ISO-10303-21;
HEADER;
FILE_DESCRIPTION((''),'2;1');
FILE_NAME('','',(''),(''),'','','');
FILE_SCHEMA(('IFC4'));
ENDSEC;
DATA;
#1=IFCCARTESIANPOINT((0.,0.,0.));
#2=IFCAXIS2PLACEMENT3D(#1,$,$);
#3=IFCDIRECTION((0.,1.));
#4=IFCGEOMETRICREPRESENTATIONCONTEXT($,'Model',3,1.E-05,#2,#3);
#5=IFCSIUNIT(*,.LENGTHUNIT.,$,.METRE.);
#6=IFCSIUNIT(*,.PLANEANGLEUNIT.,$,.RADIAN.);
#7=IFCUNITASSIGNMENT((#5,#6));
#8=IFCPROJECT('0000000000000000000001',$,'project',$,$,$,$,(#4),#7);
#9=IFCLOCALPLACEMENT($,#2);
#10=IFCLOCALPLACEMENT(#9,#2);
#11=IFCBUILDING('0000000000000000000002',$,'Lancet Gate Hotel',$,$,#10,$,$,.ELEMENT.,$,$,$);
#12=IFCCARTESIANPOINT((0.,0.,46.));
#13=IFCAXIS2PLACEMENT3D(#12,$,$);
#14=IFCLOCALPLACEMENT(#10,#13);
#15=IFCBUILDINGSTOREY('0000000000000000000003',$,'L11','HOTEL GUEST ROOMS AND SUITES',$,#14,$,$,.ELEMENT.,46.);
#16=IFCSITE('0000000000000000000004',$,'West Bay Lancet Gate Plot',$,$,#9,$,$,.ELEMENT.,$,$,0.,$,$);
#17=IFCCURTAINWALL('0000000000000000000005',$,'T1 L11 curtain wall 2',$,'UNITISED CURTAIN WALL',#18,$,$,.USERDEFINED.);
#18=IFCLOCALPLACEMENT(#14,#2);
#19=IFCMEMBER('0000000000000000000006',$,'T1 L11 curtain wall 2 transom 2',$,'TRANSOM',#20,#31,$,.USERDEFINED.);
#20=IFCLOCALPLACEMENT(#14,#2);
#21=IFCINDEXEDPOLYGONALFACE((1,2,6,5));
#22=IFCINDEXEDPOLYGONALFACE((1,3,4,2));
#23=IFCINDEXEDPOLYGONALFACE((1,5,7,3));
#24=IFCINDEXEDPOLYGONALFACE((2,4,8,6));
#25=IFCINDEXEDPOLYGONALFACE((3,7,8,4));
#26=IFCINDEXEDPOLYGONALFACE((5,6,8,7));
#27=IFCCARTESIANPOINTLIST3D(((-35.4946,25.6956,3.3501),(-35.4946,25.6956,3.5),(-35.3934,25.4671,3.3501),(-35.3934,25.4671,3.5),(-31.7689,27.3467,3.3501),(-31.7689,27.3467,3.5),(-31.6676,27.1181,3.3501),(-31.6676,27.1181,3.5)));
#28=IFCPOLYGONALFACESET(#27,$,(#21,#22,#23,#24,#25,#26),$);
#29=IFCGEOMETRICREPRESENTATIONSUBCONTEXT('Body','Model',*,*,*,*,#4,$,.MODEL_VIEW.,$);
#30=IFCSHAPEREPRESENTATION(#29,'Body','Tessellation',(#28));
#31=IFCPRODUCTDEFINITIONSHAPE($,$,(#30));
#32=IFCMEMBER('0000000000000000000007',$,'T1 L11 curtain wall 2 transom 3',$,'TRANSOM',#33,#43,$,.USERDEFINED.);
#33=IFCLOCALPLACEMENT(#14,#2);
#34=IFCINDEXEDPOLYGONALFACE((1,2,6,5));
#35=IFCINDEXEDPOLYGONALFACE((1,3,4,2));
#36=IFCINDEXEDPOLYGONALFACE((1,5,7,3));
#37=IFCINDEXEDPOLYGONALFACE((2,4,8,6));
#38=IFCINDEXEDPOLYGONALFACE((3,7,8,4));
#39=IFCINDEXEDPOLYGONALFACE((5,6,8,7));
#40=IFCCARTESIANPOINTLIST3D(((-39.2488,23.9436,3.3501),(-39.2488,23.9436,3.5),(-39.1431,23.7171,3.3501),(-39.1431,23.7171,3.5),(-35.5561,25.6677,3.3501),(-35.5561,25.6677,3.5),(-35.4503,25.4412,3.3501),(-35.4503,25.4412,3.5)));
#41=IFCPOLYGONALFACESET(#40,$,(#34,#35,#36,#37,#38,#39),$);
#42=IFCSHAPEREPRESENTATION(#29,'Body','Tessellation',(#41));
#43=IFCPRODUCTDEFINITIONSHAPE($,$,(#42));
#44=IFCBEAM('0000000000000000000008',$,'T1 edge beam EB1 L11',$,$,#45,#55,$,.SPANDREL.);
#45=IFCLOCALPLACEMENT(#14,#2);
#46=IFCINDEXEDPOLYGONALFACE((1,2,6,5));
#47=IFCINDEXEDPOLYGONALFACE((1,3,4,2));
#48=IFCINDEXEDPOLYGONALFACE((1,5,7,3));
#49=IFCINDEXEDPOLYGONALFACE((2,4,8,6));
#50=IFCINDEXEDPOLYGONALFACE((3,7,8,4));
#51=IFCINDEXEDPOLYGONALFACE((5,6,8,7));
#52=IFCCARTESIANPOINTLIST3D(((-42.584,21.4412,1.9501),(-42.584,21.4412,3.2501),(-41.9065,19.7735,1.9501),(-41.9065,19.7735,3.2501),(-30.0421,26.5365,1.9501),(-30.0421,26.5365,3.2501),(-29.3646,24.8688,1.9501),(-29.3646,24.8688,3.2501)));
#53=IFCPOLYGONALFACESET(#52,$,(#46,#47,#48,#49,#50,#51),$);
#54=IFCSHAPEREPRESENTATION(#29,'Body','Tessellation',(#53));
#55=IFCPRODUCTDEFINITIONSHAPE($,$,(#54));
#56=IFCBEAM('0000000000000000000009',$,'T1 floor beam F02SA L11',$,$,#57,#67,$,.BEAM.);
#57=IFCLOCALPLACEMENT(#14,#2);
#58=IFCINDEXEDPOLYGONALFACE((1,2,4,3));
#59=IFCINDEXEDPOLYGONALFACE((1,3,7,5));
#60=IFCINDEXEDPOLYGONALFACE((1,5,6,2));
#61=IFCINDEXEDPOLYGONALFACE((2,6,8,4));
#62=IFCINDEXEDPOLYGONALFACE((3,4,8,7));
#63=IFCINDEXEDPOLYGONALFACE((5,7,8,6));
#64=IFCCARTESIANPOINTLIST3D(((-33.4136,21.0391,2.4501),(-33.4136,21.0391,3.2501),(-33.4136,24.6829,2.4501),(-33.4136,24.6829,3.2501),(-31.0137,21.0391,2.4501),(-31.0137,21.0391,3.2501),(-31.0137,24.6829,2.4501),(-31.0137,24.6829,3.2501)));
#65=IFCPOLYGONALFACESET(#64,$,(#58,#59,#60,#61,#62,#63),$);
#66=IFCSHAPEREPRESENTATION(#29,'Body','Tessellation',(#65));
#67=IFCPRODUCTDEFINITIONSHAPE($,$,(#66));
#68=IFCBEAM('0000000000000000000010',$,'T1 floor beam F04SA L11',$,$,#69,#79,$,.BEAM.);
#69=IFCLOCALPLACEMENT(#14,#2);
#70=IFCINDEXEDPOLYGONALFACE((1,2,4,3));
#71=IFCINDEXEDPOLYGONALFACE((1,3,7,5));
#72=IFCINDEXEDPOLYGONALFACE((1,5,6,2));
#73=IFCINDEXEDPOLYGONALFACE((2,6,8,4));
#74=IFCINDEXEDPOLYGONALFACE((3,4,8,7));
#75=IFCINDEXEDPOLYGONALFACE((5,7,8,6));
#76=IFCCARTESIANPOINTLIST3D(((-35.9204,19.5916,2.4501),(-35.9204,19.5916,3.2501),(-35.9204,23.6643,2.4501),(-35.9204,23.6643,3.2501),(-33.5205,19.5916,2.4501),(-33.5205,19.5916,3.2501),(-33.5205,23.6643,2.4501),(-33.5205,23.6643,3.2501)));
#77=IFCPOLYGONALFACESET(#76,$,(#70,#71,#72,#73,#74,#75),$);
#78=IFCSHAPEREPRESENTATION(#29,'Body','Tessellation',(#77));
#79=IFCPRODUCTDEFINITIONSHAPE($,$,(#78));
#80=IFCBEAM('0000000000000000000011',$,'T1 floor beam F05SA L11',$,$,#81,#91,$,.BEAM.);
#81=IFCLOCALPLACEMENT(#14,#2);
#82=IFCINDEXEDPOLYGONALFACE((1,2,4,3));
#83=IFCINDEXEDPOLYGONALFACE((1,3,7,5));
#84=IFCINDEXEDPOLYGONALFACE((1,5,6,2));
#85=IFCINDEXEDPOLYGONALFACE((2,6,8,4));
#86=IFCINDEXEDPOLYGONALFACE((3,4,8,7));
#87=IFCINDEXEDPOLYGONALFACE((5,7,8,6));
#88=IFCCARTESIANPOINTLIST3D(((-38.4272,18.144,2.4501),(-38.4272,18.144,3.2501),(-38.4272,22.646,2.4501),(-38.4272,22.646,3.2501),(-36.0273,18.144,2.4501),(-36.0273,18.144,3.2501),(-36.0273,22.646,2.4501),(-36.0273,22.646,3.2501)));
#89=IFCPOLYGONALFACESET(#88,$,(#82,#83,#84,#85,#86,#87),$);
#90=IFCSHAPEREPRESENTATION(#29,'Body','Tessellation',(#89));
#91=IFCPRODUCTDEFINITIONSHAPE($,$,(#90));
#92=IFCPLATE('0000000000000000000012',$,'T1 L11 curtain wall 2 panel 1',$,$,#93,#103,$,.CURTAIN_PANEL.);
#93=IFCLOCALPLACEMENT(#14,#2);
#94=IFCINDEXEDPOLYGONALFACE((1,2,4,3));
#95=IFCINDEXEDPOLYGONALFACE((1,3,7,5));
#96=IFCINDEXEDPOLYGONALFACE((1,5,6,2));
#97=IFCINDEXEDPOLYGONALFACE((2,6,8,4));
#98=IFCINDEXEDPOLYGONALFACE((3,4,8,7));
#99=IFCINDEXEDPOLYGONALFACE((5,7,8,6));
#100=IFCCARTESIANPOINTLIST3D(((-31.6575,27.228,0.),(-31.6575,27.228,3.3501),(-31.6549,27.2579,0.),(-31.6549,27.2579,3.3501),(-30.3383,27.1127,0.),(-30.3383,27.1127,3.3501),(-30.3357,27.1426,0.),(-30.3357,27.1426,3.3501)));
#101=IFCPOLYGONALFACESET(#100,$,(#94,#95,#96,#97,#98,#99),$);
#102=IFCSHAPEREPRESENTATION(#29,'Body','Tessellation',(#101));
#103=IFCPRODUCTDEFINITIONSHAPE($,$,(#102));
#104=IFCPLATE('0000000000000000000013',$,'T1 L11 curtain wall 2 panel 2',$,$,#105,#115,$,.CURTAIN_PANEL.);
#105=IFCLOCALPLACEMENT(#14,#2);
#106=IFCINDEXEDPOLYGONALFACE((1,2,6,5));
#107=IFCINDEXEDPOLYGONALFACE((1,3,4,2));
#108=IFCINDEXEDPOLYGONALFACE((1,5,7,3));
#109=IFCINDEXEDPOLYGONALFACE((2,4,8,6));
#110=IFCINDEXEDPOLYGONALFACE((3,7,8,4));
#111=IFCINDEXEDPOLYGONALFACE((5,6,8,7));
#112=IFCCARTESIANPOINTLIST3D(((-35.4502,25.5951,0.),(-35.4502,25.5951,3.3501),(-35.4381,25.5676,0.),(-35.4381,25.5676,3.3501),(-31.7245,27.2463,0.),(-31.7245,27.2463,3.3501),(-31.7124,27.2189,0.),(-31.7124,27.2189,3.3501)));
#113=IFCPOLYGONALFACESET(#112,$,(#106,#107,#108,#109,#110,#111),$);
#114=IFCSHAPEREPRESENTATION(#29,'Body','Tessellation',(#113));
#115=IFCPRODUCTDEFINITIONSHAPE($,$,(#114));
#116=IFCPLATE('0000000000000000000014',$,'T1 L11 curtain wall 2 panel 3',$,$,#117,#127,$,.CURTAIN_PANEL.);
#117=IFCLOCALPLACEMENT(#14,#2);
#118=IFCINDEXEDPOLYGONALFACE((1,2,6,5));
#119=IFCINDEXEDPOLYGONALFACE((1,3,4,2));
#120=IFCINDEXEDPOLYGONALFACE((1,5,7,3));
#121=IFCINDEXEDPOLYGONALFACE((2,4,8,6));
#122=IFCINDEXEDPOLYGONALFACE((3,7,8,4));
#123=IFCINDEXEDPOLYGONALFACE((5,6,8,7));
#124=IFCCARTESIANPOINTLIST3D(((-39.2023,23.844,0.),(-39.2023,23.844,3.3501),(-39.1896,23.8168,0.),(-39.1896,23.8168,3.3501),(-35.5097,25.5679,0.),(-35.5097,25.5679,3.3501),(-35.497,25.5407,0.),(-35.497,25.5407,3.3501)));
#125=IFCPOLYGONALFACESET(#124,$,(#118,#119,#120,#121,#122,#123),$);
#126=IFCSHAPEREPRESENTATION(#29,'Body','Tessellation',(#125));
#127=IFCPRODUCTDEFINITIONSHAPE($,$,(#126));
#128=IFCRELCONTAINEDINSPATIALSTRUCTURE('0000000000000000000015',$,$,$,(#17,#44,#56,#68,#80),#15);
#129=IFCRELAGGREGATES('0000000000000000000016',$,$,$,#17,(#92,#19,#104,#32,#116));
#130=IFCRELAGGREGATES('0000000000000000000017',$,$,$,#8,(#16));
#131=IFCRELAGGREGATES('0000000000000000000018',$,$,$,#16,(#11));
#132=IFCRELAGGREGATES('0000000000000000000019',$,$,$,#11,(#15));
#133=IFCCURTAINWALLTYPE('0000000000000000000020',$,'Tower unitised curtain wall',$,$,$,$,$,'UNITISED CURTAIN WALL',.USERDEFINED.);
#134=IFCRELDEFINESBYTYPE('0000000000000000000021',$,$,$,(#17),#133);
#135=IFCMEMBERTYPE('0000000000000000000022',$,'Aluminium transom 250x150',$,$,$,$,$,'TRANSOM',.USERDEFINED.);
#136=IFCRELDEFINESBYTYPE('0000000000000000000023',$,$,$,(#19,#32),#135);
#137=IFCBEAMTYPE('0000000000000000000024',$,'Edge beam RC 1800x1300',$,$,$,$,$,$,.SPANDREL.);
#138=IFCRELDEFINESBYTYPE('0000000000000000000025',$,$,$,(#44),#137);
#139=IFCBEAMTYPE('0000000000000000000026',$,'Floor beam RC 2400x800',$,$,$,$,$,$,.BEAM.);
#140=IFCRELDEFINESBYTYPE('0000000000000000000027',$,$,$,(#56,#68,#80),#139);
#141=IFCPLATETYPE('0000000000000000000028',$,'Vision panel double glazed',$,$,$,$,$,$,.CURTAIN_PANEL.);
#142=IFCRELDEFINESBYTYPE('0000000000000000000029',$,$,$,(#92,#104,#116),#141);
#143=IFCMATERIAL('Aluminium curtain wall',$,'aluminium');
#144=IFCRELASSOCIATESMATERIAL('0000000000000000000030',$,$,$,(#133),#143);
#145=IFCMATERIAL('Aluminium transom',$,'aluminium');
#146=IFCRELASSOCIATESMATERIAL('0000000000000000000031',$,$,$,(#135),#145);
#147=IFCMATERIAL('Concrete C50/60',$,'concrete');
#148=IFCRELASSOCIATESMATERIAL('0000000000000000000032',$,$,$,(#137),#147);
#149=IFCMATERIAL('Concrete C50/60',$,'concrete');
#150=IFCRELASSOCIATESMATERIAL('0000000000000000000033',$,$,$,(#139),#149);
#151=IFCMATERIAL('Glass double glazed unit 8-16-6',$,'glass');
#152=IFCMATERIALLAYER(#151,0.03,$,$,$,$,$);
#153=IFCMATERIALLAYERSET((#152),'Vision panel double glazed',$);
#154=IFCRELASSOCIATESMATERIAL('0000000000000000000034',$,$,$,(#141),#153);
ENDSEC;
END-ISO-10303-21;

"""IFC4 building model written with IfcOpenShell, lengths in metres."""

from ifc_helpers import new_model, si_unit, direction, frame, origin, origin_2d, place, context, subcontext, project, spatial, rectangle, extrude, material, layer, layer_set, material_profile, profile_set, type_object, element, aggregate, save


model = new_model("IFC4")

# Units and contexts
model_context = context("Model", 3, precision=1e-05, world=origin(), true_north=direction((0.0, 1.0)))
body_context = subcontext(model_context, "Body", "Model", "MODEL_VIEW")
ifc_project = project(units=[si_unit("LENGTHUNIT", "METRE"), si_unit("PLANEANGLEUNIT", "RADIAN")], contexts=[model_context])

# Site, building, storey
site_placement = place(None, origin())
site = spatial("IfcSite", under=ifc_project, at=site_placement, Name="West Bay Lancet Gate Plot", CompositionType="ELEMENT", RefElevation=0.0)
building_placement = place(site_placement, origin())
building = spatial("IfcBuilding", under=site, at=building_placement, Name="Lancet Gate Hotel", CompositionType="ELEMENT")
storey_placement = place(building_placement, frame((0.0, 0.0, 46.0)))
storey = spatial("IfcBuildingStorey", under=building, at=storey_placement, Name="L11", Description="HOTEL GUEST ROOMS AND SUITES", CompositionType="ELEMENT", Elevation=46.0)

# Curtain wall, members
ifc_material_1 = material(Name="Aluminium curtain wall", Category="aluminium")
curtain_wall_type = type_object("IfcCurtainWallType", Name="Tower unitised curtain wall", ElementType="UNITISED CURTAIN WALL", PredefinedType="USERDEFINED", material=ifc_material_1)
curtain_wall_placement = place(storey_placement, origin())
curtain_wall = element("IfcCurtainWall", 1, at=curtain_wall_placement, inside=storey, type_object=curtain_wall_type, Name="T1 L11 curtain wall 2", ObjectType="UNITISED CURTAIN WALL", PredefinedType="USERDEFINED")
ifc_material_2 = material(Name="Aluminium transom", Category="aluminium")
ifc_material_profile_1 = material_profile(ifc_material_2, rectangle(XDim=0.25, YDim=0.1499, at=origin_2d()), Name="TRANSOM 250x150")
ifc_profile_set_1 = profile_set([ifc_material_profile_1], Name="Aluminium transom")
member_type_1 = type_object("IfcMemberType", Name="Aluminium transom 250x150", ElementType="TRANSOM", PredefinedType="USERDEFINED", material=ifc_profile_set_1)
member_1_placement = place(storey_placement, frame((-31.7183, 27.2324, 3.425), z_axis=(-0.914248, -0.405154, 0.0), x_axis=(0.405154, -0.914248, 0.0)))
member_1 = element("IfcMember", 2, at=member_1_placement, type_object=member_type_1, Name="T1 L11 curtain wall 2 transom 2", ObjectType="TRANSOM", PredefinedType="USERDEFINED", context=body_context, shape_type="SweptSolid", body=[
    extrude(rectangle(XDim=0.25, YDim=0.1499, at=origin_2d()), origin(), (0.0, 0.0, 1.0), 4.0752),
])
member_2_placement = place(storey_placement, frame((-35.5032, 25.5544, 3.425), z_axis=(-0.90611, -0.423043, 0.0), x_axis=(0.423043, -0.90611, 0.0)))
member_2 = element("IfcMember", 3, at=member_2_placement, type_object=member_type_1, Name="T1 L11 curtain wall 2 transom 3", ObjectType="TRANSOM", PredefinedType="USERDEFINED", context=body_context, shape_type="SweptSolid", body=[
    extrude(rectangle(XDim=0.25, YDim=0.1499, at=origin_2d()), origin(), (0.0, 0.0, 1.0), 4.0754),
])

# Beams
ifc_material_3 = material(Name="Concrete C50/60", Category="concrete")
ifc_material_profile_2 = material_profile(ifc_material_3, rectangle(XDim=1.8, YDim=1.3, at=origin_2d()), Name="RC 1800x1300")
ifc_profile_set_2 = profile_set([ifc_material_profile_2], Name="Concrete C50/60")
beam_type_1 = type_object("IfcBeamType", Name="Edge beam RC 1800x1300", PredefinedType="SPANDREL", material=ifc_profile_set_2)
beam_1_placement = place(storey_placement, frame((-29.7034, 25.7026, 2.6001), z_axis=(-0.926463, -0.376385, 0.0), x_axis=(0.376385, -0.926463, 0.0)))
element("IfcBeam", 4, at=beam_1_placement, inside=storey, type_object=beam_type_1, Name="T1 edge beam EB1 L11", PredefinedType="SPANDREL", context=body_context, shape_type="SweptSolid", body=[
    extrude(rectangle(XDim=1.8, YDim=1.3, at=origin_2d()), origin(), (0.0, 0.0, 1.0), 13.5374),
])
ifc_material_4 = material(Name="Concrete C50/60", Category="concrete")
ifc_material_profile_3 = material_profile(ifc_material_4, rectangle(XDim=2.3999, YDim=0.8, at=origin_2d()), Name="RC 2400x800")
ifc_profile_set_3 = profile_set([ifc_material_profile_3], Name="Concrete C50/60")
beam_type_2 = type_object("IfcBeamType", Name="Floor beam RC 2400x800", PredefinedType="BEAM", material=ifc_profile_set_3)
beam_2_placement = place(storey_placement, frame((-32.2136, 24.6829, 2.8501), z_axis=(0.0, -1.0, 0.0), x_axis=(1.0, 0.0, 0.0)))
element("IfcBeam", 5, at=beam_2_placement, inside=storey, type_object=beam_type_2, Name="T1 floor beam F02SA L11", PredefinedType="BEAM", context=body_context, shape_type="SweptSolid", body=[
    extrude(rectangle(XDim=2.3999, YDim=0.8, at=origin_2d()), origin(), (0.0, 0.0, 1.0), 3.6438),
])
beam_3_placement = place(storey_placement, frame((-34.7205, 23.6643, 2.8501), z_axis=(0.0, -1.0, 0.0), x_axis=(1.0, 0.0, 0.0)))
element("IfcBeam", 6, at=beam_3_placement, inside=storey, type_object=beam_type_2, Name="T1 floor beam F04SA L11", PredefinedType="BEAM", context=body_context, shape_type="SweptSolid", body=[
    extrude(rectangle(XDim=2.3999, YDim=0.8, at=origin_2d()), origin(), (0.0, 0.0, 1.0), 4.0728),
])
beam_4_placement = place(storey_placement, frame((-37.2273, 22.646, 2.8501), z_axis=(0.0, -1.0, 0.0), x_axis=(1.0, 0.0, 0.0)))
element("IfcBeam", 7, at=beam_4_placement, inside=storey, type_object=beam_type_2, Name="T1 floor beam F05SA L11", PredefinedType="BEAM", context=body_context, shape_type="SweptSolid", body=[
    extrude(rectangle(XDim=2.3999, YDim=0.8, at=origin_2d()), origin(), (0.0, 0.0, 1.0), 4.502),
])

# Plates
ifc_material_5 = material(Name="Glass double glazed unit 8-16-6", Category="glass")
ifc_layer_1 = layer(ifc_material_5, 0.03)
ifc_layer_set_1 = layer_set([ifc_layer_1], Name="Vision panel double glazed")
plate_type = type_object("IfcPlateType", Name="Vision panel double glazed", PredefinedType="CURTAIN_PANEL", material=ifc_layer_set_1)
plate_1_placement = place(storey_placement, frame((-30.9966, 27.1853, 0.0), z_axis=(0.0, 0.0, 1.0), x_axis=(-0.996204, 0.087052, 0.0)))
plate_1 = element("IfcPlate", 8, at=plate_1_placement, type_object=plate_type, Name="T1 L11 curtain wall 2 panel 1", PredefinedType="CURTAIN_PANEL", context=body_context, shape_type="SweptSolid", body=[
    extrude(rectangle(XDim=1.3242, YDim=0.03, at=origin_2d()), origin(), (0.0, 0.0, 1.0), 3.3501),
])
plate_2_placement = place(storey_placement, frame((-33.5813, 26.407, 0.0), z_axis=(0.0, 0.0, 1.0), x_axis=(-0.914234, -0.405186, 0.0)))
plate_2 = element("IfcPlate", 9, at=plate_2_placement, type_object=plate_type, Name="T1 L11 curtain wall 2 panel 2", PredefinedType="CURTAIN_PANEL", context=body_context, shape_type="SweptSolid", body=[
    extrude(rectangle(XDim=4.0752, YDim=0.03, at=origin_2d()), origin(), (0.0, 0.0, 1.0), 3.3501),
])
plate_3_placement = place(storey_placement, frame((-37.3496, 24.6924, 0.0), z_axis=(0.0, 0.0, 1.0), x_axis=(-0.906118, -0.423026, 0.0)))
plate_3 = element("IfcPlate", 10, at=plate_3_placement, type_object=plate_type, Name="T1 L11 curtain wall 2 panel 3", PredefinedType="CURTAIN_PANEL", context=body_context, shape_type="SweptSolid", body=[
    extrude(rectangle(XDim=4.0752, YDim=0.03, at=origin_2d()), origin(), (0.0, 0.0, 1.0), 3.3501),
])
aggregate(curtain_wall, [plate_1, member_1, plate_2, member_2, plate_3])

save(model, "model.ifc")
